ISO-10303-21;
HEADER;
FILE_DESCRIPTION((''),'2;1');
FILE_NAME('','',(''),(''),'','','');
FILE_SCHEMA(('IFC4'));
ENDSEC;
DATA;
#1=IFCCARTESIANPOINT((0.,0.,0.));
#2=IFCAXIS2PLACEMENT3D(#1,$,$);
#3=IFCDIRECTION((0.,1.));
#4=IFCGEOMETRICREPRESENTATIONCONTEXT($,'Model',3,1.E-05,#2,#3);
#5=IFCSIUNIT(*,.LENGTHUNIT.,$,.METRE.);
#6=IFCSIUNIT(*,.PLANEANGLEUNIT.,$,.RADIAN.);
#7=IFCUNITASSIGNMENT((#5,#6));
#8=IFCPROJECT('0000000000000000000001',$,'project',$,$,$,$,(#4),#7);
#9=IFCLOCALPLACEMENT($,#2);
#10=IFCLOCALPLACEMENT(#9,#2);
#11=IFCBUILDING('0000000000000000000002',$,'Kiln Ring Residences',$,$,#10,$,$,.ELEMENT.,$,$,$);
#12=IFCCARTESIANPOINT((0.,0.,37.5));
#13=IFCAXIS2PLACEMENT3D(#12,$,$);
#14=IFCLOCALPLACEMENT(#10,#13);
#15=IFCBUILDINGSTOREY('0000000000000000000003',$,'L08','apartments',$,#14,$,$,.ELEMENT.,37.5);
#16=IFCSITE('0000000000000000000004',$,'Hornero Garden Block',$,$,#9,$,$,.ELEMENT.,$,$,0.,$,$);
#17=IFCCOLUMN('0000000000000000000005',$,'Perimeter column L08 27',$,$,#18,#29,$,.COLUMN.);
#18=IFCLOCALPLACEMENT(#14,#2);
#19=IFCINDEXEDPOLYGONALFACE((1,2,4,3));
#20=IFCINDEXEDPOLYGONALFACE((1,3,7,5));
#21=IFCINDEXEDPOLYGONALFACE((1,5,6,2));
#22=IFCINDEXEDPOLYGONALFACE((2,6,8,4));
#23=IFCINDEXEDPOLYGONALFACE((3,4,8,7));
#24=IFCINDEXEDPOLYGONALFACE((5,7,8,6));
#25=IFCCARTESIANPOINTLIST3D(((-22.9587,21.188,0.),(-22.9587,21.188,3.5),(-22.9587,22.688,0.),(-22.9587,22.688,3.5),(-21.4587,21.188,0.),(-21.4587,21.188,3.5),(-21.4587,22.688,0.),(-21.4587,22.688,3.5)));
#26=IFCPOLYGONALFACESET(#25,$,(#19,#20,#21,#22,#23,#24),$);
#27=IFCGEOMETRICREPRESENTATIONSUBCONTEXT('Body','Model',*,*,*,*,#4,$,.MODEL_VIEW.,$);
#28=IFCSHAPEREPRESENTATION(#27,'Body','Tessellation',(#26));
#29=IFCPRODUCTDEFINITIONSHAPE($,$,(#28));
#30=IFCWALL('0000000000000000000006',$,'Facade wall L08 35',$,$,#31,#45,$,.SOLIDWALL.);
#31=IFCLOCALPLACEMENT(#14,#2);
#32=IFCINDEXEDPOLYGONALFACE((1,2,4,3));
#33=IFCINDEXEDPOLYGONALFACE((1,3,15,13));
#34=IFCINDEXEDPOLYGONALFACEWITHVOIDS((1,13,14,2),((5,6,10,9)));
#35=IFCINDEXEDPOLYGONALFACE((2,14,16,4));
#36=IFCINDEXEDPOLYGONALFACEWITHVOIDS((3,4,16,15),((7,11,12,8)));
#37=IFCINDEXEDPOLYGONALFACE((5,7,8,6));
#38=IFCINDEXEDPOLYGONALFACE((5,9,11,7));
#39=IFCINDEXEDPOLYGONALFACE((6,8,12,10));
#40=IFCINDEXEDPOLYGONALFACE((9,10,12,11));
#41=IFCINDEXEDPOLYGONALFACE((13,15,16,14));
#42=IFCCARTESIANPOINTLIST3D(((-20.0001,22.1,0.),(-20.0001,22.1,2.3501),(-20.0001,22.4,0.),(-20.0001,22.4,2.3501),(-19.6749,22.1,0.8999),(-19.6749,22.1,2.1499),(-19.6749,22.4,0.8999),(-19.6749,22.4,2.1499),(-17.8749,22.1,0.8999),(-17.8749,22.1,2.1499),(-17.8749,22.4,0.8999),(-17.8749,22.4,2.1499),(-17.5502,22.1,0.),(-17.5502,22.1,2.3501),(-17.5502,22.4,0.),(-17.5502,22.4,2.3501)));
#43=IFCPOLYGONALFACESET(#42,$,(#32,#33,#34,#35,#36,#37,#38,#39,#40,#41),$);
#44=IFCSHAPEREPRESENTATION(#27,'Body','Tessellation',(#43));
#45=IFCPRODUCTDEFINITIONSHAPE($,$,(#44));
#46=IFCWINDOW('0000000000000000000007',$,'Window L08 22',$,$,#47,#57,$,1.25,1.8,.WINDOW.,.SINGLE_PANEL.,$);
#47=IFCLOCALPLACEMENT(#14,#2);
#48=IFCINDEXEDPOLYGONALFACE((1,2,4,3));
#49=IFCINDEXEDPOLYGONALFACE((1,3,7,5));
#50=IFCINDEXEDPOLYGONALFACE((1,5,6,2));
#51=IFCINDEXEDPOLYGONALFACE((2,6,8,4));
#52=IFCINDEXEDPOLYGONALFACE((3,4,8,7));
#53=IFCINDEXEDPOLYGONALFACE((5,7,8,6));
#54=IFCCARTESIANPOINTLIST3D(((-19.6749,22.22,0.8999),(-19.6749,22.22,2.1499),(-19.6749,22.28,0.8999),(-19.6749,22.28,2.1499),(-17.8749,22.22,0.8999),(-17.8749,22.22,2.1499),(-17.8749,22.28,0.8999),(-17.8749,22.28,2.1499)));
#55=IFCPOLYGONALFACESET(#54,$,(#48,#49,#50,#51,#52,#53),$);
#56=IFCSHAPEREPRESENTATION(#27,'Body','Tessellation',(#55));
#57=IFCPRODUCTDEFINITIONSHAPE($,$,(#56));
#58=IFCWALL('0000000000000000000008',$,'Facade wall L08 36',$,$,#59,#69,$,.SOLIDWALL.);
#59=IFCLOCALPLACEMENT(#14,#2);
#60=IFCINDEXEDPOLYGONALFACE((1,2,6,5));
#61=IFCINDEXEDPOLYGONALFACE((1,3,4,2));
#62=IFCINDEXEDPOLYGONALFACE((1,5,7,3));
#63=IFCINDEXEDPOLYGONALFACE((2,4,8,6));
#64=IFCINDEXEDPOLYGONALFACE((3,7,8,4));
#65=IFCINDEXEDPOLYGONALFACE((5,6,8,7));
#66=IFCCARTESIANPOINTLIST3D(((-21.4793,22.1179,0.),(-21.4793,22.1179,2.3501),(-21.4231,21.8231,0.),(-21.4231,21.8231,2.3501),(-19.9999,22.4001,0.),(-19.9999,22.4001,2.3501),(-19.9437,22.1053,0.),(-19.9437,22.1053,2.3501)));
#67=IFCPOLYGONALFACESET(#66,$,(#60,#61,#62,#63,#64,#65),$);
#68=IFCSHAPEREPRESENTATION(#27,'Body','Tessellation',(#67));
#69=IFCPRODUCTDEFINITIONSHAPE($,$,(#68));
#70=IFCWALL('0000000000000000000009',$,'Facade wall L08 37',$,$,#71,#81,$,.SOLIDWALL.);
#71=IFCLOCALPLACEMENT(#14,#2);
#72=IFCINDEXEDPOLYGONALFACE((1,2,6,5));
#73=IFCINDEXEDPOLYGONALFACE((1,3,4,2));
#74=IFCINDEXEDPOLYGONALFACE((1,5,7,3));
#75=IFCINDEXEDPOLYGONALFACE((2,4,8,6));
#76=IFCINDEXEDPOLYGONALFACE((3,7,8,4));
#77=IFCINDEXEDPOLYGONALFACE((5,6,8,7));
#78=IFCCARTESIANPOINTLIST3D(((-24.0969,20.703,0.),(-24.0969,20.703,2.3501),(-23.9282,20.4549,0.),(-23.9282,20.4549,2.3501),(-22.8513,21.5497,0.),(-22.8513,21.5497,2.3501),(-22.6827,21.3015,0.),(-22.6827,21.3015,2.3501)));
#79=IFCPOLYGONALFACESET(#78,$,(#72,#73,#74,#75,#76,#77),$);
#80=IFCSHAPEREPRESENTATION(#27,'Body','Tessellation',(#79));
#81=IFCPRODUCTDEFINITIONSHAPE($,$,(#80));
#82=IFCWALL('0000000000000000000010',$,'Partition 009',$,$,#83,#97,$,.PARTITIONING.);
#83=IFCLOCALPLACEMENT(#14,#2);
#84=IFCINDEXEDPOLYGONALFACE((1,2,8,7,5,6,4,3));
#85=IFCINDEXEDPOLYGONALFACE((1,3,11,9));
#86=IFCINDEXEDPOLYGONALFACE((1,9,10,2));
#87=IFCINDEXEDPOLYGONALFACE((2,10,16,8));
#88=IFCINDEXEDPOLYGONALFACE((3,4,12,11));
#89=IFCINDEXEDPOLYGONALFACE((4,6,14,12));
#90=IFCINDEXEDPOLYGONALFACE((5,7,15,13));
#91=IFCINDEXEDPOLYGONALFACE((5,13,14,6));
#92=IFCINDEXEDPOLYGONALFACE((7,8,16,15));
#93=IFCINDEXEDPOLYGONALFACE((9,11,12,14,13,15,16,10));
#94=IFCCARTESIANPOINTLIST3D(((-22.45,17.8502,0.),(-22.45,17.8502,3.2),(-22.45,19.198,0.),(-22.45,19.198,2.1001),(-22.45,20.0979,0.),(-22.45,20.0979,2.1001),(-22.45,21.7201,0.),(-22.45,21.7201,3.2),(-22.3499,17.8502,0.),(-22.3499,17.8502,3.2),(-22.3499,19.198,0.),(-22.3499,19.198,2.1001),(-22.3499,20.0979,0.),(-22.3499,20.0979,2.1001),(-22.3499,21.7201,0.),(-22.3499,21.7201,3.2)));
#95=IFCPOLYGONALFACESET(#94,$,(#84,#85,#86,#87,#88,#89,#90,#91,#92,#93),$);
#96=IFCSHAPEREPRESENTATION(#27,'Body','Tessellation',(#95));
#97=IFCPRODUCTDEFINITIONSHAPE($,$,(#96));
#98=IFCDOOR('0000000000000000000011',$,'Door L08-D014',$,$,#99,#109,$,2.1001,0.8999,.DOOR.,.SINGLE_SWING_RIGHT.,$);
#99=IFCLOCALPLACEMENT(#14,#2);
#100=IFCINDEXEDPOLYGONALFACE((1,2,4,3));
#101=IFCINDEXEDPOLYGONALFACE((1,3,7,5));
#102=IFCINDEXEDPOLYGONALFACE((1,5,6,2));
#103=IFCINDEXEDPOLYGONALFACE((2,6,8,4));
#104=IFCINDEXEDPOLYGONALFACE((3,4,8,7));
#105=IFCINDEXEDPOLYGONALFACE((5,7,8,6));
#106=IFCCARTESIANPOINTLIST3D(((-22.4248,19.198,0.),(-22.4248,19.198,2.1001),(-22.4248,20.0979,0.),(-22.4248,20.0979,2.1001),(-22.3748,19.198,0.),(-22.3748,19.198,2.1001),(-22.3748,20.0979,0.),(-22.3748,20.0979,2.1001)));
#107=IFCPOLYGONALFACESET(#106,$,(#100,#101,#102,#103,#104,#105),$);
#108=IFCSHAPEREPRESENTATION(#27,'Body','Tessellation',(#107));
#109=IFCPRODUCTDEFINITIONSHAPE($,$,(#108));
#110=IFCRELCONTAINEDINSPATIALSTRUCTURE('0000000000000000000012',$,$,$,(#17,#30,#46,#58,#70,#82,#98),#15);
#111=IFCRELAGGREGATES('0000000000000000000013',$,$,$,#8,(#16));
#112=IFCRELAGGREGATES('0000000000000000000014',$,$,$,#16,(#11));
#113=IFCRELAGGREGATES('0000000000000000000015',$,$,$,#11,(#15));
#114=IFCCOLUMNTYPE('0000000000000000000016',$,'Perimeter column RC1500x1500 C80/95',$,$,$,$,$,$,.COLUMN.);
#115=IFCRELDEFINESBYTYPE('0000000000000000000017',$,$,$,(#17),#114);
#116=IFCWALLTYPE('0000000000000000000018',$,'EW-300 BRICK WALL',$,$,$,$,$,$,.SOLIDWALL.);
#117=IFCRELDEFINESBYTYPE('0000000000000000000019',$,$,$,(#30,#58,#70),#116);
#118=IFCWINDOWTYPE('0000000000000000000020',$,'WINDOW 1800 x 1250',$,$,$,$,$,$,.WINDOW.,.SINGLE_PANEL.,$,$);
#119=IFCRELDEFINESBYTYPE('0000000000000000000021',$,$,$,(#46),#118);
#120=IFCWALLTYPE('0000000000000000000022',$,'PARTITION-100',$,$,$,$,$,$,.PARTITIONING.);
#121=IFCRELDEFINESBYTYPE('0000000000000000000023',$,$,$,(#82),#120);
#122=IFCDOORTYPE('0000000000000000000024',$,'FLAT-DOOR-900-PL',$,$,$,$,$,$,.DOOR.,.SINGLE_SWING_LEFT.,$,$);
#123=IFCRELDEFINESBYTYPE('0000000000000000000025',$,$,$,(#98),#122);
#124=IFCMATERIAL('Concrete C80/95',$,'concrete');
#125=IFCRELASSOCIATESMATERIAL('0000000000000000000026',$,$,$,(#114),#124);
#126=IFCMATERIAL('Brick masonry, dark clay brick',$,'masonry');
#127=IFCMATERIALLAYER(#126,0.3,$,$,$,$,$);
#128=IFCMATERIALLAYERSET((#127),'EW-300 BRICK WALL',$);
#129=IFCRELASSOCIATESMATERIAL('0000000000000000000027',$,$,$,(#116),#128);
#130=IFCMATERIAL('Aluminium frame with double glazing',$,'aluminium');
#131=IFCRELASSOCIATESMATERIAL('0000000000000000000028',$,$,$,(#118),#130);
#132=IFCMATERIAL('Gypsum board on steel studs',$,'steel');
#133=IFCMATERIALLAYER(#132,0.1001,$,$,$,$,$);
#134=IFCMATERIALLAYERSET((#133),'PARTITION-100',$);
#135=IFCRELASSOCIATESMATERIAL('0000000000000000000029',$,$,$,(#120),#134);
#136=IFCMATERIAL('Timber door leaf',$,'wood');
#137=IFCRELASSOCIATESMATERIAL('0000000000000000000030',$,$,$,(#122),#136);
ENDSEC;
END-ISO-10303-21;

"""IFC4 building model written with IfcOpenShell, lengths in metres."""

from ifc_helpers import new_model, si_unit, direction, frame, frame_2d, origin, origin_2d, place, context, subcontext, project, spatial, rectangle, extrude, material, layer, layer_set, material_profile, profile_set, type_object, element, fill, save


model = new_model("IFC4")

# Units and contexts
model_context = context("Model", 3, precision=1e-05, world=origin(), true_north=direction((0.0, 1.0)))
body_context = subcontext(model_context, "Body", "Model", "MODEL_VIEW")
ifc_project = project(units=[si_unit("LENGTHUNIT", "METRE"), si_unit("PLANEANGLEUNIT", "RADIAN")], contexts=[model_context])

# Site, building, storey
site_placement = place(None, origin())
site = spatial("IfcSite", under=ifc_project, at=site_placement, Name="Hornero Garden Block", CompositionType="ELEMENT", RefElevation=0.0)
building_placement = place(site_placement, origin())
building = spatial("IfcBuilding", under=site, at=building_placement, Name="Kiln Ring Residences", CompositionType="ELEMENT")
storey_placement = place(building_placement, frame((0.0, 0.0, 37.5)))
storey = spatial("IfcBuildingStorey", under=building, at=storey_placement, Name="L08", Description="apartments", CompositionType="ELEMENT", Elevation=37.5)

# Column
ifc_material_1 = material(Name="Concrete C80/95", Category="concrete")
ifc_material_profile = material_profile(ifc_material_1, rectangle(XDim=1.5, YDim=1.5, at=origin_2d()), Name="RC1500x1500")
ifc_profile_set = profile_set([ifc_material_profile], Name="Concrete C80/95")
column_type = type_object("IfcColumnType", Name="Perimeter column RC1500x1500 C80/95", PredefinedType="COLUMN", material=ifc_profile_set)
column_placement = place(storey_placement, frame((-22.2087, 21.938, 0.0), z_axis=(0.0, 0.0, 1.0), x_axis=(1.0, 0.0, 0.0)))
element("IfcColumn", 1, at=column_placement, inside=storey, type_object=column_type, Name="Perimeter column L08 27", PredefinedType="COLUMN", context=body_context, shape_type="SweptSolid", body=[
    extrude(rectangle(XDim=1.5, YDim=1.5, at=origin_2d()), origin(), (0.0, 0.0, 1.0), 3.5),
])

# Wall, opening, window
ifc_material_2 = material(Name="Brick masonry, dark clay brick", Category="masonry")
ifc_layer_1 = layer(ifc_material_2, 0.3)
ifc_layer_set_1 = layer_set([ifc_layer_1], Name="EW-300 BRICK WALL")
wall_type_1 = type_object("IfcWallType", Name="EW-300 BRICK WALL", PredefinedType="SOLIDWALL", material=ifc_layer_set_1)
wall_1_placement = place(storey_placement, frame((-17.55, 22.25, 0.0), z_axis=(0.0, 0.0, 1.0), x_axis=(-1.0, 0.0, 0.0)))
wall_1 = element("IfcWall", 2, at=wall_1_placement, inside=storey, type_object=wall_type_1, Name="Facade wall L08 35", PredefinedType="SOLIDWALL", context=body_context, shape_type="SweptSolid", body=[
    extrude(rectangle(XDim=2.45, YDim=0.3, at=frame_2d((1.2251, 0.0))), origin(), (0.0, 0.0, 1.0), 2.3501),
])
opening_1_placement = place(wall_1_placement, frame((0.325, 0.0, 0.8999)))
opening_1 = element("IfcOpeningElement", 3, at=opening_1_placement, cuts=wall_1, PredefinedType="OPENING", context=body_context, shape_type="SweptSolid", body=[
    extrude(rectangle(XDim=1.8, YDim=1.25, at=frame_2d((0.8999, 0.625))), frame((0.0, 0.1599, 0.0), z_axis=(0.0, -1.0, 0.0), x_axis=(1.0, 0.0, 0.0)), (0.0, 0.0, 1.0), 0.3201),
])
ifc_material_3 = material(Name="Aluminium frame with double glazing", Category="aluminium")
window_type = type_object("IfcWindowType", Name="WINDOW 1800 x 1250", PartitioningType="SINGLE_PANEL", PredefinedType="WINDOW", material=ifc_material_3)
window_placement = place(opening_1_placement, origin())
window = element("IfcWindow", 4, at=window_placement, inside=storey, type_object=window_type, Name="Window L08 22", OverallHeight=1.25, OverallWidth=1.8, PartitioningType="SINGLE_PANEL", PredefinedType="WINDOW", context=body_context, shape_type="SweptSolid", body=[
    extrude(rectangle(XDim=1.8, YDim=1.25, at=frame_2d((0.8999, 0.625))), frame((0.0, 0.03, 0.0), z_axis=(0.0, -1.0, 0.0), x_axis=(1.0, 0.0, 0.0)), (0.0, 0.0, 1.0), 0.0601),
])
fill(opening_1, window)

# Walls
for number, where, z_axis, x_axis, name in (
    (5, (-19.9719, 22.2527, 0.0), (0.0, 0.0, 1.0), (-0.982287, -0.18738, 0.0), "Facade wall L08 36"),
    (6, (-22.7671, 21.4255, 0.0), (0.0, 0.0, 1.0), (-0.827029, -0.562159, 0.0), "Facade wall L08 37"),
):
    element("IfcWall", number, at=place(storey_placement, frame(where, z_axis=z_axis, x_axis=x_axis)), inside=storey, type_object=wall_type_1, Name=name, PredefinedType="SOLIDWALL", context=body_context, shape_type="SweptSolid", body=[
        extrude(rectangle(XDim=1.5061, YDim=0.3, at=frame_2d((0.7529, 0.0))), origin(), (0.0, 0.0, 1.0), 2.3501),
    ])

# Wall, opening, door
ifc_material_4 = material(Name="Gypsum board on steel studs", Category="steel")
ifc_layer_2 = layer(ifc_material_4, 0.1001)
ifc_layer_set_2 = layer_set([ifc_layer_2], Name="PARTITION-100")
wall_type_2 = type_object("IfcWallType", Name="PARTITION-100", PredefinedType="PARTITIONING", material=ifc_layer_set_2)
wall_2_placement = place(storey_placement, frame((-22.3999, 17.8501, 0.0), z_axis=(0.0, 0.0, 1.0), x_axis=(0.0, 1.0, 0.0)))
wall_2 = element("IfcWall", 7, at=wall_2_placement, inside=storey, type_object=wall_type_2, Name="Partition 009", PredefinedType="PARTITIONING", context=body_context, shape_type="SweptSolid", body=[
    extrude(rectangle(XDim=3.8699, YDim=0.1001, at=frame_2d((1.9351, 0.0))), origin(), (0.0, 0.0, 1.0), 3.2),
])
opening_2_placement = place(wall_2_placement, frame((1.3479, 0.0, 0.0)))
opening_2 = element("IfcOpeningElement", 8, at=opening_2_placement, cuts=wall_2, PredefinedType="OPENING", context=body_context, shape_type="SweptSolid", body=[
    extrude(rectangle(XDim=0.8999, YDim=2.1001, at=frame_2d((0.45, 1.05))), frame((0.0, 0.0601, 0.0), z_axis=(0.0, -1.0, 0.0), x_axis=(1.0, 0.0, 0.0)), (0.0, 0.0, 1.0), 0.1201),
])
ifc_material_5 = material(Name="Timber door leaf", Category="wood")
door_type = type_object("IfcDoorType", Name="FLAT-DOOR-900-PL", OperationType="SINGLE_SWING_LEFT", PredefinedType="DOOR", material=ifc_material_5)
door_placement = place(opening_2_placement, origin())
door = element("IfcDoor", 9, at=door_placement, inside=storey, type_object=door_type, Name="Door L08-D014", OperationType="SINGLE_SWING_RIGHT", OverallHeight=2.1001, OverallWidth=0.8999, PredefinedType="DOOR", context=body_context, shape_type="SweptSolid", body=[
    extrude(rectangle(XDim=0.8999, YDim=2.1001, at=frame_2d((0.45, 1.05))), frame((0.0, 0.0249, 0.0), z_axis=(0.0, -1.0, 0.0), x_axis=(1.0, 0.0, 0.0)), (0.0, 0.0, 1.0), 0.05),
])
fill(opening_2, door)

save(model, "model.ifc")
